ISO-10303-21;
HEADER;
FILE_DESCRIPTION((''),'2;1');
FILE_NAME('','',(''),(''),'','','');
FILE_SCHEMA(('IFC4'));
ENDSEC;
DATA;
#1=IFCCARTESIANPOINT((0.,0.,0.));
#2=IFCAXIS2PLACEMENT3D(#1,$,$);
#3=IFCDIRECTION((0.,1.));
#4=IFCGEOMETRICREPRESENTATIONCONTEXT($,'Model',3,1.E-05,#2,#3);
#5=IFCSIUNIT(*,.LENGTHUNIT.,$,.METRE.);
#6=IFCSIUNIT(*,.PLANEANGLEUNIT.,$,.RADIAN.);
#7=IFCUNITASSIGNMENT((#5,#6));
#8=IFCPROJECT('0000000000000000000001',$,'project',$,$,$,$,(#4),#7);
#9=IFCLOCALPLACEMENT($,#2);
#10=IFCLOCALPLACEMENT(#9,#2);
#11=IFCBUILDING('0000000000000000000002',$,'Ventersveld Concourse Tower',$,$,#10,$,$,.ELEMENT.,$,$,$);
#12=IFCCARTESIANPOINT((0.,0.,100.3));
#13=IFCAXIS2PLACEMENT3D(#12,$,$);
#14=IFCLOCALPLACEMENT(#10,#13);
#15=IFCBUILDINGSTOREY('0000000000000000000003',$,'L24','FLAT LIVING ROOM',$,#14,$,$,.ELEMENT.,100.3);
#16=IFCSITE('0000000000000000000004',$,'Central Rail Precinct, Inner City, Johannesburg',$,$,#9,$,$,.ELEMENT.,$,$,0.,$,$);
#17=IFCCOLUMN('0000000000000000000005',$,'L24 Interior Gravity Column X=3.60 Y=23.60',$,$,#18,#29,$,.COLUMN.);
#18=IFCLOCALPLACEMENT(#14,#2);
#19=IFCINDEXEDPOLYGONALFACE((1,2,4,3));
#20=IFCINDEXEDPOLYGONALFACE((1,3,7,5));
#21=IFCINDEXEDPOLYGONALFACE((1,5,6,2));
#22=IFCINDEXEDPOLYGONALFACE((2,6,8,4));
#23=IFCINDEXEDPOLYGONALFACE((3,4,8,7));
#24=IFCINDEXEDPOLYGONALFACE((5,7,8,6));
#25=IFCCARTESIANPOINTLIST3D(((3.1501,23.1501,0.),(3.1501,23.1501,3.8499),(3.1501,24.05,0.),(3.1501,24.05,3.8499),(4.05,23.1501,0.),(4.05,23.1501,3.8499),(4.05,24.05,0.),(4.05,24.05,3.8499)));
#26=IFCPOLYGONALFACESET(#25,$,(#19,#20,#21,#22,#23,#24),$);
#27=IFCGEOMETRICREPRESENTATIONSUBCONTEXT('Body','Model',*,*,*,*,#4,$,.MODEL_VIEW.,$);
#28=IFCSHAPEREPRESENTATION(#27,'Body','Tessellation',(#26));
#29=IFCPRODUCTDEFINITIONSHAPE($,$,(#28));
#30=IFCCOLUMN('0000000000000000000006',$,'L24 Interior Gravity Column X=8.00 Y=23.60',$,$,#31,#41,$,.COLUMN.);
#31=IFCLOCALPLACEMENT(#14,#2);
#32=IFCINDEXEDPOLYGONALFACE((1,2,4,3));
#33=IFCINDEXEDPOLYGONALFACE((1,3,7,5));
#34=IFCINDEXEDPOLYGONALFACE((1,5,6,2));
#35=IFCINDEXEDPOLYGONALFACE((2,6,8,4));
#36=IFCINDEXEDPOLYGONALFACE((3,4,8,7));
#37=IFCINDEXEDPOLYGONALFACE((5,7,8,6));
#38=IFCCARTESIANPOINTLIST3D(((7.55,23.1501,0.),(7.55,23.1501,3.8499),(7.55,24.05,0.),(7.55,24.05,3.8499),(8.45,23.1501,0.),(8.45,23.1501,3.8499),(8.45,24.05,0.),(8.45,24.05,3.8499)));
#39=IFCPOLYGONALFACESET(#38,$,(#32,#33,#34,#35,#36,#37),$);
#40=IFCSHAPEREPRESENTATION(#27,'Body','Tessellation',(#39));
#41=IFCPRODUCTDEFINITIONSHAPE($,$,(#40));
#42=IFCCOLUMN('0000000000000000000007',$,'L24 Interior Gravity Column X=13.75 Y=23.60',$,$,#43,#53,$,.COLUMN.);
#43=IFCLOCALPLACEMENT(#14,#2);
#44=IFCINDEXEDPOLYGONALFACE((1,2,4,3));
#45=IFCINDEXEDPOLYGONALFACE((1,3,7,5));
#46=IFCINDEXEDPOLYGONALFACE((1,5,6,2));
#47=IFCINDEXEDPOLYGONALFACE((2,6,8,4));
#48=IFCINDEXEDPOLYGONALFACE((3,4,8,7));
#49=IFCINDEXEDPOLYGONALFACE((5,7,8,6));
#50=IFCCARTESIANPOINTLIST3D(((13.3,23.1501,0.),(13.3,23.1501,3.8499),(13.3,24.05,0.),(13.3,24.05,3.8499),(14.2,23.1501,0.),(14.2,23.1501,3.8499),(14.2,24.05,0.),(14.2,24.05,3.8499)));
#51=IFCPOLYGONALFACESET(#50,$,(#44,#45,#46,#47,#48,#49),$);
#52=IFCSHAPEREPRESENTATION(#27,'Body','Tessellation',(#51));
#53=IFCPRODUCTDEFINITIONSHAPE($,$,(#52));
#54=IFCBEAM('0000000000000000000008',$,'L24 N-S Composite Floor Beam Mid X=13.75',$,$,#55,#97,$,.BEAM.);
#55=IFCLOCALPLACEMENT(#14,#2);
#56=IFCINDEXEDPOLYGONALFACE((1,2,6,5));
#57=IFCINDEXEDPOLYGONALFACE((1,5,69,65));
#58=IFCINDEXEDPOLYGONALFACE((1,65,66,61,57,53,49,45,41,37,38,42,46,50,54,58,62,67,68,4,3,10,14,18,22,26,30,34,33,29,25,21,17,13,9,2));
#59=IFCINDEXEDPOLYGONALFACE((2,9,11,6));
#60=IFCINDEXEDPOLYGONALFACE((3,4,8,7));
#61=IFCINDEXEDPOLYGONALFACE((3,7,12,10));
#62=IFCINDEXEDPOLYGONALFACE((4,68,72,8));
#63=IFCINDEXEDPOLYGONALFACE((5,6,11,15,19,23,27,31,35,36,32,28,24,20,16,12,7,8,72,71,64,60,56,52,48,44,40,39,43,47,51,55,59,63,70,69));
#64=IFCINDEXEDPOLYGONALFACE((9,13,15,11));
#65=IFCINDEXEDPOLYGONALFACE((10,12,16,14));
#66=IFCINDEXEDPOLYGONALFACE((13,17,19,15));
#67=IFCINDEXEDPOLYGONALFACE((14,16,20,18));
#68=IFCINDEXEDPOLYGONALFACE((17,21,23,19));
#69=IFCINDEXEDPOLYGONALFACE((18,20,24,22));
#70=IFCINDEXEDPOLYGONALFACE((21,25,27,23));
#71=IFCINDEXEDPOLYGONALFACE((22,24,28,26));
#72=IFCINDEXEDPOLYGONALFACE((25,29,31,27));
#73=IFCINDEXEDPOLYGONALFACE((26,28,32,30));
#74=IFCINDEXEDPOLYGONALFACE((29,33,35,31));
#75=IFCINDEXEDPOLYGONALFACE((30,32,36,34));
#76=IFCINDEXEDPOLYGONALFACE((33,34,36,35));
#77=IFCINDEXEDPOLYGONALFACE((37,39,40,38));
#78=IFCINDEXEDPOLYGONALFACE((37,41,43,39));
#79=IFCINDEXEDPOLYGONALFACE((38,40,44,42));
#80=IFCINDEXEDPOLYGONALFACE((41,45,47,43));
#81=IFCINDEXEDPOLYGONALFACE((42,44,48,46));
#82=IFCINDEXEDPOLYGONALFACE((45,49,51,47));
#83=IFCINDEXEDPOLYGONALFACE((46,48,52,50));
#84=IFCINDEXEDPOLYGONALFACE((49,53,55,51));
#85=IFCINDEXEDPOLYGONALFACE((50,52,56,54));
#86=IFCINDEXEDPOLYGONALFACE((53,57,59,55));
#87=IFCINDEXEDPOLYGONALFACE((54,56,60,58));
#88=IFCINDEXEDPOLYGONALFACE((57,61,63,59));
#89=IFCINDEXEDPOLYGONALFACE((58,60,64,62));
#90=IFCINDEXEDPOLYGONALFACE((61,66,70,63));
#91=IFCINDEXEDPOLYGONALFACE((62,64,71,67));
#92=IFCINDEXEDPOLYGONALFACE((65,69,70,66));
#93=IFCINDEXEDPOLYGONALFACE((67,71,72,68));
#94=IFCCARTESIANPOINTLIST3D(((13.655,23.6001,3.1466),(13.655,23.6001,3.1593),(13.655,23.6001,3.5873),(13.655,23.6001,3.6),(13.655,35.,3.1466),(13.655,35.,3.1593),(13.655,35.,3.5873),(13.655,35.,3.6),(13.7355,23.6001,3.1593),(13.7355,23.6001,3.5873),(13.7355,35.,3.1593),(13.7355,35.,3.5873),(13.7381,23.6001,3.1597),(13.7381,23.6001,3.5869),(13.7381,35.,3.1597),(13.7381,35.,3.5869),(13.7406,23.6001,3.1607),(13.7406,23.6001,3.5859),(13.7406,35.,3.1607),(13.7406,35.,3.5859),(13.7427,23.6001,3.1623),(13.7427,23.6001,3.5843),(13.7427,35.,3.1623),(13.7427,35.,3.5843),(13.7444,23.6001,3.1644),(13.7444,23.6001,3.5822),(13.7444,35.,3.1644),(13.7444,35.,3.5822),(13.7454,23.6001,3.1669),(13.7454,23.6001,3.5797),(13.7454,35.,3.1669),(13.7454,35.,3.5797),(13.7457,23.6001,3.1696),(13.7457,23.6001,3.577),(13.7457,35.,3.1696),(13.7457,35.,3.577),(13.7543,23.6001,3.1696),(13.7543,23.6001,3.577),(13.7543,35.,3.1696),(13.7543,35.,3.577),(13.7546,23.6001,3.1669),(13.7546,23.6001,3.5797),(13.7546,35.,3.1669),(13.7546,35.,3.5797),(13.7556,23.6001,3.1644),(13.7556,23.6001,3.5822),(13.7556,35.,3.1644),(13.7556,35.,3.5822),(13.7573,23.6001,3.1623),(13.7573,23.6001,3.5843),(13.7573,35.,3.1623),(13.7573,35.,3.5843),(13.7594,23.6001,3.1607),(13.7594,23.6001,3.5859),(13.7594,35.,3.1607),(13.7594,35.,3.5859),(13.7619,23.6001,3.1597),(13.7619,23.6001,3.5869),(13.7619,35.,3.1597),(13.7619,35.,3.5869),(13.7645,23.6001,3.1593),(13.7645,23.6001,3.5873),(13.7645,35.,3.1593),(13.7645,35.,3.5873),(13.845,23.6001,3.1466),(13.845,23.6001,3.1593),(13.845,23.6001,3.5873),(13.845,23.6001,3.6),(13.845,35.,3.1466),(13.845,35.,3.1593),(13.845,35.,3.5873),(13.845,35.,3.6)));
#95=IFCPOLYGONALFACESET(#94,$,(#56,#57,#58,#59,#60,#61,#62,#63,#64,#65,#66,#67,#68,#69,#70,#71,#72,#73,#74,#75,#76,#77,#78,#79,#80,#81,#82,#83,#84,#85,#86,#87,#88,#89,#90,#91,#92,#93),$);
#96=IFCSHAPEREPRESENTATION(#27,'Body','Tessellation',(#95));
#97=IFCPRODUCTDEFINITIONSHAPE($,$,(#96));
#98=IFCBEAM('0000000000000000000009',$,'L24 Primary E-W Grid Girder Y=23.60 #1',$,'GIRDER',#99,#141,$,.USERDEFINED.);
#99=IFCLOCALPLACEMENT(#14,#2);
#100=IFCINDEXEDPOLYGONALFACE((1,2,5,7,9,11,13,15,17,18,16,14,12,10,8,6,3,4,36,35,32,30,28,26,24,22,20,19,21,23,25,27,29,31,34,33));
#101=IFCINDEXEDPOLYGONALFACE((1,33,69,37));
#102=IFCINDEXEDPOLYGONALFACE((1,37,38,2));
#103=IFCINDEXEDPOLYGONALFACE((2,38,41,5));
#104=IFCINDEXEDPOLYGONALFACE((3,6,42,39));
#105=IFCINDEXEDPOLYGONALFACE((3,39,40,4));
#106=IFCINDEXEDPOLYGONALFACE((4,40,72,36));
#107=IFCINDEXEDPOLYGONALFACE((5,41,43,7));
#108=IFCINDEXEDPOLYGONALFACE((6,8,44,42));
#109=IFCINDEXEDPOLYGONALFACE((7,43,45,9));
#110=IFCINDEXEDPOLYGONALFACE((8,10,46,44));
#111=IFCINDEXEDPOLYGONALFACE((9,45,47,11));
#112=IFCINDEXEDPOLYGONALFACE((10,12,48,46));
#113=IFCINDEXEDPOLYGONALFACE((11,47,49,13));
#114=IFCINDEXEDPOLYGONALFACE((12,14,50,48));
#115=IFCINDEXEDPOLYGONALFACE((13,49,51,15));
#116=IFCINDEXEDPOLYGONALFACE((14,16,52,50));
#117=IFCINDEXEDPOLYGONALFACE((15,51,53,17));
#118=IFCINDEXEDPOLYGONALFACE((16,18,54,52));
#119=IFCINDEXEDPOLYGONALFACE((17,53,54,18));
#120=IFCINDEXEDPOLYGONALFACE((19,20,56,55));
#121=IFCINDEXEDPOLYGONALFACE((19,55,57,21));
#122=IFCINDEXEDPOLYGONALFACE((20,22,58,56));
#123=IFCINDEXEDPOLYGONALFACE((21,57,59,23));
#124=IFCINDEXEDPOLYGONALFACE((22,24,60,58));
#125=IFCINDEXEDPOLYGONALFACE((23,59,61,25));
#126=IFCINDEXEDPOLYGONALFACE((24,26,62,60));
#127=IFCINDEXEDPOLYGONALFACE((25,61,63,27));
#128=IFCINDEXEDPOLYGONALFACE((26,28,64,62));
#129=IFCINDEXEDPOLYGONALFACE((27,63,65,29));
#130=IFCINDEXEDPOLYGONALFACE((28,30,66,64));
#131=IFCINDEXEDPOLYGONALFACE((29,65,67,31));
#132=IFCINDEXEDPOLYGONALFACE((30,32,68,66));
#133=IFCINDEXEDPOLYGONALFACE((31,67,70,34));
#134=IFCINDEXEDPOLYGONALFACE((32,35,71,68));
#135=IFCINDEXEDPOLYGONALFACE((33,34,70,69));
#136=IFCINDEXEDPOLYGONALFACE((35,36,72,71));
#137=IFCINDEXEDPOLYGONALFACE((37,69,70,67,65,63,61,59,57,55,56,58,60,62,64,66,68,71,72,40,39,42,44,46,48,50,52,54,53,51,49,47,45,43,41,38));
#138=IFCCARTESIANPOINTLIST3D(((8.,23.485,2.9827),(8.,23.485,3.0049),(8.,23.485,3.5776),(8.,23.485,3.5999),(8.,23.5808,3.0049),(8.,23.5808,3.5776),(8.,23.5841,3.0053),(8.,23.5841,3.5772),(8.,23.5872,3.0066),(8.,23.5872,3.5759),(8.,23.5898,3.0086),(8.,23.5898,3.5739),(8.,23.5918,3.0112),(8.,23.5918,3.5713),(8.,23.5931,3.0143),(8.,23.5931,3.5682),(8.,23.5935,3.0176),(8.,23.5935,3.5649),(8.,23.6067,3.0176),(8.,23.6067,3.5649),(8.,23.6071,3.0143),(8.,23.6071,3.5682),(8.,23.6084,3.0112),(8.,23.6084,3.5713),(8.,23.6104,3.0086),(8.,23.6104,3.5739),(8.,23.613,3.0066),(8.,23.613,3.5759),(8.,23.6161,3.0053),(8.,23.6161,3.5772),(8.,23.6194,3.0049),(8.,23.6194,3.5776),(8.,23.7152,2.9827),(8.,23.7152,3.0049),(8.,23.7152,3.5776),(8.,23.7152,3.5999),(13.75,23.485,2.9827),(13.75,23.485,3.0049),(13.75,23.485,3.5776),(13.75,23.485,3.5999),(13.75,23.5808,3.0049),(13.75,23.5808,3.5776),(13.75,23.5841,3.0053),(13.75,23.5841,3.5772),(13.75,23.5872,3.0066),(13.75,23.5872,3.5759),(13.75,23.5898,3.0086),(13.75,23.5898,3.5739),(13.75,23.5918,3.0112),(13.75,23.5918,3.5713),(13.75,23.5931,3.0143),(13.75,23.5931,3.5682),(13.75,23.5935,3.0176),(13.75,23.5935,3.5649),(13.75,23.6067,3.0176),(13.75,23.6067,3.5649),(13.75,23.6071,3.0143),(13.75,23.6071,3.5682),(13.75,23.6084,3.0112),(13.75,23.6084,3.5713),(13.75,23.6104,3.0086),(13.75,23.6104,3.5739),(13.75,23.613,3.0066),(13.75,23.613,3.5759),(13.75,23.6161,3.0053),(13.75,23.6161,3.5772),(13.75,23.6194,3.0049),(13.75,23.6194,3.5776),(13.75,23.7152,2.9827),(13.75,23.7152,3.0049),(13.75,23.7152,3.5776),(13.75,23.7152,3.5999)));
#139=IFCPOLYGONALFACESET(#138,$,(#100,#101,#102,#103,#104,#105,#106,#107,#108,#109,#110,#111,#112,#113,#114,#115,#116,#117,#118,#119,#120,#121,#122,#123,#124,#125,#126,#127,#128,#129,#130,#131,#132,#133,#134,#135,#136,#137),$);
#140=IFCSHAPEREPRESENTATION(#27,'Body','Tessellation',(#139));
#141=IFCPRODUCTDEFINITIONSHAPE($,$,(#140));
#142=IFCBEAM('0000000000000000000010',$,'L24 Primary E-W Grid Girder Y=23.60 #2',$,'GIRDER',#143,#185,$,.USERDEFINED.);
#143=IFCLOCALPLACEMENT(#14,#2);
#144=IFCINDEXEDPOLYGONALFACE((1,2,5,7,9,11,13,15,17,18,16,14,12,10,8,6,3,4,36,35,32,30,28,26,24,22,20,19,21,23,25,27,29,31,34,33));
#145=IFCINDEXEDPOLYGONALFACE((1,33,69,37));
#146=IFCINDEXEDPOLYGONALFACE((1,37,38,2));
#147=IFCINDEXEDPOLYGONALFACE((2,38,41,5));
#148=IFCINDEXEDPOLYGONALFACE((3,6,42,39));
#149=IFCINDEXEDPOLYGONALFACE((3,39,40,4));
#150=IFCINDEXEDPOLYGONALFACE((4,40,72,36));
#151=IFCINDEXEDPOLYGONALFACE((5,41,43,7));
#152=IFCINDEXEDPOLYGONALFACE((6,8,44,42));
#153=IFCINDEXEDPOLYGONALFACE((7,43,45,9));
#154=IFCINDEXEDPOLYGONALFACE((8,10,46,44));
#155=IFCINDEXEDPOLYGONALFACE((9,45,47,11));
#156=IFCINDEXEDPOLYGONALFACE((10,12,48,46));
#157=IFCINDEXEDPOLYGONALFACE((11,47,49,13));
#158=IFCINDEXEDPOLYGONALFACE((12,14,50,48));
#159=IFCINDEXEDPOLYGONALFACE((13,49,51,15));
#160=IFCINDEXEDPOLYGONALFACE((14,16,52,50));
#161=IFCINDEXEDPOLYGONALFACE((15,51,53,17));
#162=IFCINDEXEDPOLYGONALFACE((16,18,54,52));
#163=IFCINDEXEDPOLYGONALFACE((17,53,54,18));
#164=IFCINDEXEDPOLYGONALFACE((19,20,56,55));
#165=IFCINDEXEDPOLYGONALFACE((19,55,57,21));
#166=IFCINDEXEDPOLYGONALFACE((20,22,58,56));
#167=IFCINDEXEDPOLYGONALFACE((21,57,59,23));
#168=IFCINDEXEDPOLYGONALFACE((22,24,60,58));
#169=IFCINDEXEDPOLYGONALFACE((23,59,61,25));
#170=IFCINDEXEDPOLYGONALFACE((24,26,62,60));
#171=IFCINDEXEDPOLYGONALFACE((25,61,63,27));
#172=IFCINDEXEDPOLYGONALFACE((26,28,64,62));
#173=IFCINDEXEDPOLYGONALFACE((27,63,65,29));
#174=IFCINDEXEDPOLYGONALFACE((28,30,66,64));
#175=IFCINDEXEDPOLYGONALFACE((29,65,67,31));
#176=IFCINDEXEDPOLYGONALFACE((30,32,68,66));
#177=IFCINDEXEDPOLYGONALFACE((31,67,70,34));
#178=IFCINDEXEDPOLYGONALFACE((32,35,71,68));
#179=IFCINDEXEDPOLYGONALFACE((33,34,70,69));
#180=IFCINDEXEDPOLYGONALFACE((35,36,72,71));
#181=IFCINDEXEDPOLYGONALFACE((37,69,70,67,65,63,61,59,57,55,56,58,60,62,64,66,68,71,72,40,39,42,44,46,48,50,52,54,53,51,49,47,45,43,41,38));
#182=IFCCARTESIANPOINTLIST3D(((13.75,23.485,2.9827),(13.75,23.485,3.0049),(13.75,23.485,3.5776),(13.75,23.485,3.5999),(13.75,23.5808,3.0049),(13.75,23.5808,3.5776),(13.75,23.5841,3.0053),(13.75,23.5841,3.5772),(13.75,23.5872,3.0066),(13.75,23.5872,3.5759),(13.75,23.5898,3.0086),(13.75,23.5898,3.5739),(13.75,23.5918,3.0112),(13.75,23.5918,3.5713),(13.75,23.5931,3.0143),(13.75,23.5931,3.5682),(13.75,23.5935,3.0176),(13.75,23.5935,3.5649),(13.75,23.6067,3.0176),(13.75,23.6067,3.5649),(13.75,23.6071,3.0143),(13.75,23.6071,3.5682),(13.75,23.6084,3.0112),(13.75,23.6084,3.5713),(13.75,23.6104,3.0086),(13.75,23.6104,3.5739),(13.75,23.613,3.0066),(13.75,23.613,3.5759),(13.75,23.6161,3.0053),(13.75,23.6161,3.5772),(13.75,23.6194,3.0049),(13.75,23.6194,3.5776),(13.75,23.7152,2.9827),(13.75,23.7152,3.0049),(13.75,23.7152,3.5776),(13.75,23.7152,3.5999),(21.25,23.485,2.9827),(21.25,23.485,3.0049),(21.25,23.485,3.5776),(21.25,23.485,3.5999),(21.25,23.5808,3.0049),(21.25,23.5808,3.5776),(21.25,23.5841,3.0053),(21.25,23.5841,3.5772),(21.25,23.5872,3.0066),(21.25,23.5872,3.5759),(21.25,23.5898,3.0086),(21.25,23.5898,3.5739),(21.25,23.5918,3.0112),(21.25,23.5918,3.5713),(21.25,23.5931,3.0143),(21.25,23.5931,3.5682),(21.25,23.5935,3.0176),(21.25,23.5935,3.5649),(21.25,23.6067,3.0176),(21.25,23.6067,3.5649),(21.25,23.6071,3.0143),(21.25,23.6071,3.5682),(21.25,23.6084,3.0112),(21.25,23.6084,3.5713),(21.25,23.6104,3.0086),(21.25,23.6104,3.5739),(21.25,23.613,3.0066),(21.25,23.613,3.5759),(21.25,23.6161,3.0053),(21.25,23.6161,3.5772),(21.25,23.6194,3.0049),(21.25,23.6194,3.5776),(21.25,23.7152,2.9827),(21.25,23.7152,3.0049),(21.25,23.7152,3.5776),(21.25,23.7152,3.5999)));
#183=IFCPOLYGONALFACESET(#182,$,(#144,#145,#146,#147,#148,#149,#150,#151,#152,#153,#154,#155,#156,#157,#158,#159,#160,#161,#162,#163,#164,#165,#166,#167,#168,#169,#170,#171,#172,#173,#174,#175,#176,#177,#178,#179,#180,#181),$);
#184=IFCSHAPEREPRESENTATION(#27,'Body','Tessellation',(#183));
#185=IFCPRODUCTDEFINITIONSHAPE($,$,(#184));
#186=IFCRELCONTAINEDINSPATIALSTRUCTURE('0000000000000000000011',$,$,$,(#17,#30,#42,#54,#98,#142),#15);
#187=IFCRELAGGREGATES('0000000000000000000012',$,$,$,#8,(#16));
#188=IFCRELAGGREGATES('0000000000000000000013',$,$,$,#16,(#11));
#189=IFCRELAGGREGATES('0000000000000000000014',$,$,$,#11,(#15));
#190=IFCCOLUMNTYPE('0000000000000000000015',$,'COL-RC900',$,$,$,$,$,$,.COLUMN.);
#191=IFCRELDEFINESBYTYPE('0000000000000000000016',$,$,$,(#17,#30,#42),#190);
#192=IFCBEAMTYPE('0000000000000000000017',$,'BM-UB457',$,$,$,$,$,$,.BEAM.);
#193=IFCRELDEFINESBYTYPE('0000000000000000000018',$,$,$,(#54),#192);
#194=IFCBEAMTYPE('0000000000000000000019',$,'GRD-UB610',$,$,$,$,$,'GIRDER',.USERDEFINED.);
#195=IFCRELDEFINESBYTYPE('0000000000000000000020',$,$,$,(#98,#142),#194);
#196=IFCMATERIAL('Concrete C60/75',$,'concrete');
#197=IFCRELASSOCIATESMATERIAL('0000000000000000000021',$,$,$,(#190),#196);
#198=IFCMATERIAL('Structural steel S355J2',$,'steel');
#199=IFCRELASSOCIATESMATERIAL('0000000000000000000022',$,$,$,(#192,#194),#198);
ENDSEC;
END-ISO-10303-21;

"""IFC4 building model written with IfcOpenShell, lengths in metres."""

from ifc_helpers import new_model, si_unit, direction, frame, origin, origin_2d, place, context, subcontext, project, spatial, rectangle, i_section, extrude, material, material_profile, profile_set, type_object, element, save


model = new_model("IFC4")

# Units and contexts
model_context = context("Model", 3, precision=1e-05, world=origin(), true_north=direction((0.0, 1.0)))
body_context = subcontext(model_context, "Body", "Model", "MODEL_VIEW")
ifc_project = project(units=[si_unit("LENGTHUNIT", "METRE"), si_unit("PLANEANGLEUNIT", "RADIAN")], contexts=[model_context])

# Site, building, storey
site_placement = place(None, origin())
site = spatial("IfcSite", under=ifc_project, at=site_placement, Name="Central Rail Precinct, Inner City, Johannesburg", CompositionType="ELEMENT", RefElevation=0.0)
building_placement = place(site_placement, origin())
building = spatial("IfcBuilding", under=site, at=building_placement, Name="Ventersveld Concourse Tower", CompositionType="ELEMENT")
storey_placement = place(building_placement, frame((0.0, 0.0, 100.3)))
storey = spatial("IfcBuildingStorey", under=building, at=storey_placement, Name="L24", Description="FLAT LIVING ROOM", CompositionType="ELEMENT", Elevation=100.3)

# Columns
ifc_material_1 = material(Name="Concrete C60/75", Category="concrete")
ifc_material_profile_1 = material_profile(ifc_material_1, rectangle(XDim=0.8999, YDim=0.8999, at=origin_2d()), Name="RC 900x900")
ifc_profile_set_1 = profile_set([ifc_material_profile_1], Name="Concrete C60/75")
column_type = type_object("IfcColumnType", Name="COL-RC900", PredefinedType="COLUMN", material=ifc_profile_set_1)
for number, where, z_axis, x_axis, name in (
    (1, (3.6001, 23.6001, 0.0), (0.0, 0.0, 1.0), (1.0, 0.0, 0.0), "L24 Interior Gravity Column X=3.60 Y=23.60"),
    (2, (8.0, 23.6001, 0.0), (0.0, 0.0, 1.0), (1.0, 0.0, 0.0), "L24 Interior Gravity Column X=8.00 Y=23.60"),
    (3, (13.75, 23.6001, 0.0), (0.0, 0.0, 1.0), (1.0, 0.0, 0.0), "L24 Interior Gravity Column X=13.75 Y=23.60"),
):
    element("IfcColumn", number, at=place(storey_placement, frame(where, z_axis=z_axis, x_axis=x_axis)), inside=storey, type_object=column_type, Name=name, PredefinedType="COLUMN", context=body_context, shape_type="SweptSolid", body=[
        extrude(rectangle(XDim=0.8999, YDim=0.8999, at=origin_2d()), origin(), (0.0, 0.0, 1.0), 3.8499),
    ])

# Beams
ifc_material_2 = material(Name="Structural steel S355J2", Category="steel")
ifc_material_profile_2 = material_profile(ifc_material_2, i_section(OverallWidth=0.1899, OverallDepth=0.4534, WebThickness=0.0085, FlangeThickness=0.0127, FilletRadius=0.0103, at=origin_2d()), Name="UB 457x191x67")
ifc_profile_set_2 = profile_set([ifc_material_profile_2], Name="Structural steel S355J2")
beam_type_1 = type_object("IfcBeamType", Name="BM-UB457", PredefinedType="BEAM", material=ifc_profile_set_2)
beam_1_placement = place(storey_placement, frame((13.75, 23.6001, 3.3733), z_axis=(0.0, 1.0, 0.0), x_axis=(-1.0, 0.0, 0.0)))
element("IfcBeam", 4, at=beam_1_placement, inside=storey, type_object=beam_type_1, Name="L24 N-S Composite Floor Beam Mid X=13.75", PredefinedType="BEAM", context=body_context, shape_type="SweptSolid", body=[
    extrude(i_section(OverallWidth=0.1899, OverallDepth=0.4534, WebThickness=0.0085, FlangeThickness=0.0127, FilletRadius=0.0103, at=origin_2d()), origin(), (0.0, 0.0, 1.0), 11.3999),
])
ifc_material_profile_3 = material_profile(ifc_material_2, i_section(OverallWidth=0.2302, OverallDepth=0.6172, WebThickness=0.0132, FlangeThickness=0.0222, FilletRadius=0.0127, at=origin_2d()), Name="UB 610x229x140")
ifc_profile_set_3 = profile_set([ifc_material_profile_3], Name="Structural steel S355J2")
beam_type_2 = type_object("IfcBeamType", Name="GRD-UB610", ElementType="GIRDER", PredefinedType="USERDEFINED", material=ifc_profile_set_3)
beam_2_placement = place(storey_placement, frame((8.0, 23.6001, 3.2913), z_axis=(1.0, 0.0, 0.0), x_axis=(0.0, 1.0, 0.0)))
element("IfcBeam", 5, at=beam_2_placement, inside=storey, type_object=beam_type_2, Name="L24 Primary E-W Grid Girder Y=23.60 #1", ObjectType="GIRDER", PredefinedType="USERDEFINED", context=body_context, shape_type="SweptSolid", body=[
    extrude(i_section(OverallWidth=0.2302, OverallDepth=0.6172, WebThickness=0.0132, FlangeThickness=0.0222, FilletRadius=0.0127, at=origin_2d()), origin(), (0.0, 0.0, 1.0), 5.75),
])
beam_3_placement = place(storey_placement, frame((13.75, 23.6001, 3.2913), z_axis=(1.0, 0.0, 0.0), x_axis=(0.0, 1.0, 0.0)))
element("IfcBeam", 6, at=beam_3_placement, inside=storey, type_object=beam_type_2, Name="L24 Primary E-W Grid Girder Y=23.60 #2", ObjectType="GIRDER", PredefinedType="USERDEFINED", context=body_context, shape_type="SweptSolid", body=[
    extrude(i_section(OverallWidth=0.2302, OverallDepth=0.6172, WebThickness=0.0132, FlangeThickness=0.0222, FilletRadius=0.0127, at=origin_2d()), origin(), (0.0, 0.0, 1.0), 7.5),
])

save(model, "model.ifc")
